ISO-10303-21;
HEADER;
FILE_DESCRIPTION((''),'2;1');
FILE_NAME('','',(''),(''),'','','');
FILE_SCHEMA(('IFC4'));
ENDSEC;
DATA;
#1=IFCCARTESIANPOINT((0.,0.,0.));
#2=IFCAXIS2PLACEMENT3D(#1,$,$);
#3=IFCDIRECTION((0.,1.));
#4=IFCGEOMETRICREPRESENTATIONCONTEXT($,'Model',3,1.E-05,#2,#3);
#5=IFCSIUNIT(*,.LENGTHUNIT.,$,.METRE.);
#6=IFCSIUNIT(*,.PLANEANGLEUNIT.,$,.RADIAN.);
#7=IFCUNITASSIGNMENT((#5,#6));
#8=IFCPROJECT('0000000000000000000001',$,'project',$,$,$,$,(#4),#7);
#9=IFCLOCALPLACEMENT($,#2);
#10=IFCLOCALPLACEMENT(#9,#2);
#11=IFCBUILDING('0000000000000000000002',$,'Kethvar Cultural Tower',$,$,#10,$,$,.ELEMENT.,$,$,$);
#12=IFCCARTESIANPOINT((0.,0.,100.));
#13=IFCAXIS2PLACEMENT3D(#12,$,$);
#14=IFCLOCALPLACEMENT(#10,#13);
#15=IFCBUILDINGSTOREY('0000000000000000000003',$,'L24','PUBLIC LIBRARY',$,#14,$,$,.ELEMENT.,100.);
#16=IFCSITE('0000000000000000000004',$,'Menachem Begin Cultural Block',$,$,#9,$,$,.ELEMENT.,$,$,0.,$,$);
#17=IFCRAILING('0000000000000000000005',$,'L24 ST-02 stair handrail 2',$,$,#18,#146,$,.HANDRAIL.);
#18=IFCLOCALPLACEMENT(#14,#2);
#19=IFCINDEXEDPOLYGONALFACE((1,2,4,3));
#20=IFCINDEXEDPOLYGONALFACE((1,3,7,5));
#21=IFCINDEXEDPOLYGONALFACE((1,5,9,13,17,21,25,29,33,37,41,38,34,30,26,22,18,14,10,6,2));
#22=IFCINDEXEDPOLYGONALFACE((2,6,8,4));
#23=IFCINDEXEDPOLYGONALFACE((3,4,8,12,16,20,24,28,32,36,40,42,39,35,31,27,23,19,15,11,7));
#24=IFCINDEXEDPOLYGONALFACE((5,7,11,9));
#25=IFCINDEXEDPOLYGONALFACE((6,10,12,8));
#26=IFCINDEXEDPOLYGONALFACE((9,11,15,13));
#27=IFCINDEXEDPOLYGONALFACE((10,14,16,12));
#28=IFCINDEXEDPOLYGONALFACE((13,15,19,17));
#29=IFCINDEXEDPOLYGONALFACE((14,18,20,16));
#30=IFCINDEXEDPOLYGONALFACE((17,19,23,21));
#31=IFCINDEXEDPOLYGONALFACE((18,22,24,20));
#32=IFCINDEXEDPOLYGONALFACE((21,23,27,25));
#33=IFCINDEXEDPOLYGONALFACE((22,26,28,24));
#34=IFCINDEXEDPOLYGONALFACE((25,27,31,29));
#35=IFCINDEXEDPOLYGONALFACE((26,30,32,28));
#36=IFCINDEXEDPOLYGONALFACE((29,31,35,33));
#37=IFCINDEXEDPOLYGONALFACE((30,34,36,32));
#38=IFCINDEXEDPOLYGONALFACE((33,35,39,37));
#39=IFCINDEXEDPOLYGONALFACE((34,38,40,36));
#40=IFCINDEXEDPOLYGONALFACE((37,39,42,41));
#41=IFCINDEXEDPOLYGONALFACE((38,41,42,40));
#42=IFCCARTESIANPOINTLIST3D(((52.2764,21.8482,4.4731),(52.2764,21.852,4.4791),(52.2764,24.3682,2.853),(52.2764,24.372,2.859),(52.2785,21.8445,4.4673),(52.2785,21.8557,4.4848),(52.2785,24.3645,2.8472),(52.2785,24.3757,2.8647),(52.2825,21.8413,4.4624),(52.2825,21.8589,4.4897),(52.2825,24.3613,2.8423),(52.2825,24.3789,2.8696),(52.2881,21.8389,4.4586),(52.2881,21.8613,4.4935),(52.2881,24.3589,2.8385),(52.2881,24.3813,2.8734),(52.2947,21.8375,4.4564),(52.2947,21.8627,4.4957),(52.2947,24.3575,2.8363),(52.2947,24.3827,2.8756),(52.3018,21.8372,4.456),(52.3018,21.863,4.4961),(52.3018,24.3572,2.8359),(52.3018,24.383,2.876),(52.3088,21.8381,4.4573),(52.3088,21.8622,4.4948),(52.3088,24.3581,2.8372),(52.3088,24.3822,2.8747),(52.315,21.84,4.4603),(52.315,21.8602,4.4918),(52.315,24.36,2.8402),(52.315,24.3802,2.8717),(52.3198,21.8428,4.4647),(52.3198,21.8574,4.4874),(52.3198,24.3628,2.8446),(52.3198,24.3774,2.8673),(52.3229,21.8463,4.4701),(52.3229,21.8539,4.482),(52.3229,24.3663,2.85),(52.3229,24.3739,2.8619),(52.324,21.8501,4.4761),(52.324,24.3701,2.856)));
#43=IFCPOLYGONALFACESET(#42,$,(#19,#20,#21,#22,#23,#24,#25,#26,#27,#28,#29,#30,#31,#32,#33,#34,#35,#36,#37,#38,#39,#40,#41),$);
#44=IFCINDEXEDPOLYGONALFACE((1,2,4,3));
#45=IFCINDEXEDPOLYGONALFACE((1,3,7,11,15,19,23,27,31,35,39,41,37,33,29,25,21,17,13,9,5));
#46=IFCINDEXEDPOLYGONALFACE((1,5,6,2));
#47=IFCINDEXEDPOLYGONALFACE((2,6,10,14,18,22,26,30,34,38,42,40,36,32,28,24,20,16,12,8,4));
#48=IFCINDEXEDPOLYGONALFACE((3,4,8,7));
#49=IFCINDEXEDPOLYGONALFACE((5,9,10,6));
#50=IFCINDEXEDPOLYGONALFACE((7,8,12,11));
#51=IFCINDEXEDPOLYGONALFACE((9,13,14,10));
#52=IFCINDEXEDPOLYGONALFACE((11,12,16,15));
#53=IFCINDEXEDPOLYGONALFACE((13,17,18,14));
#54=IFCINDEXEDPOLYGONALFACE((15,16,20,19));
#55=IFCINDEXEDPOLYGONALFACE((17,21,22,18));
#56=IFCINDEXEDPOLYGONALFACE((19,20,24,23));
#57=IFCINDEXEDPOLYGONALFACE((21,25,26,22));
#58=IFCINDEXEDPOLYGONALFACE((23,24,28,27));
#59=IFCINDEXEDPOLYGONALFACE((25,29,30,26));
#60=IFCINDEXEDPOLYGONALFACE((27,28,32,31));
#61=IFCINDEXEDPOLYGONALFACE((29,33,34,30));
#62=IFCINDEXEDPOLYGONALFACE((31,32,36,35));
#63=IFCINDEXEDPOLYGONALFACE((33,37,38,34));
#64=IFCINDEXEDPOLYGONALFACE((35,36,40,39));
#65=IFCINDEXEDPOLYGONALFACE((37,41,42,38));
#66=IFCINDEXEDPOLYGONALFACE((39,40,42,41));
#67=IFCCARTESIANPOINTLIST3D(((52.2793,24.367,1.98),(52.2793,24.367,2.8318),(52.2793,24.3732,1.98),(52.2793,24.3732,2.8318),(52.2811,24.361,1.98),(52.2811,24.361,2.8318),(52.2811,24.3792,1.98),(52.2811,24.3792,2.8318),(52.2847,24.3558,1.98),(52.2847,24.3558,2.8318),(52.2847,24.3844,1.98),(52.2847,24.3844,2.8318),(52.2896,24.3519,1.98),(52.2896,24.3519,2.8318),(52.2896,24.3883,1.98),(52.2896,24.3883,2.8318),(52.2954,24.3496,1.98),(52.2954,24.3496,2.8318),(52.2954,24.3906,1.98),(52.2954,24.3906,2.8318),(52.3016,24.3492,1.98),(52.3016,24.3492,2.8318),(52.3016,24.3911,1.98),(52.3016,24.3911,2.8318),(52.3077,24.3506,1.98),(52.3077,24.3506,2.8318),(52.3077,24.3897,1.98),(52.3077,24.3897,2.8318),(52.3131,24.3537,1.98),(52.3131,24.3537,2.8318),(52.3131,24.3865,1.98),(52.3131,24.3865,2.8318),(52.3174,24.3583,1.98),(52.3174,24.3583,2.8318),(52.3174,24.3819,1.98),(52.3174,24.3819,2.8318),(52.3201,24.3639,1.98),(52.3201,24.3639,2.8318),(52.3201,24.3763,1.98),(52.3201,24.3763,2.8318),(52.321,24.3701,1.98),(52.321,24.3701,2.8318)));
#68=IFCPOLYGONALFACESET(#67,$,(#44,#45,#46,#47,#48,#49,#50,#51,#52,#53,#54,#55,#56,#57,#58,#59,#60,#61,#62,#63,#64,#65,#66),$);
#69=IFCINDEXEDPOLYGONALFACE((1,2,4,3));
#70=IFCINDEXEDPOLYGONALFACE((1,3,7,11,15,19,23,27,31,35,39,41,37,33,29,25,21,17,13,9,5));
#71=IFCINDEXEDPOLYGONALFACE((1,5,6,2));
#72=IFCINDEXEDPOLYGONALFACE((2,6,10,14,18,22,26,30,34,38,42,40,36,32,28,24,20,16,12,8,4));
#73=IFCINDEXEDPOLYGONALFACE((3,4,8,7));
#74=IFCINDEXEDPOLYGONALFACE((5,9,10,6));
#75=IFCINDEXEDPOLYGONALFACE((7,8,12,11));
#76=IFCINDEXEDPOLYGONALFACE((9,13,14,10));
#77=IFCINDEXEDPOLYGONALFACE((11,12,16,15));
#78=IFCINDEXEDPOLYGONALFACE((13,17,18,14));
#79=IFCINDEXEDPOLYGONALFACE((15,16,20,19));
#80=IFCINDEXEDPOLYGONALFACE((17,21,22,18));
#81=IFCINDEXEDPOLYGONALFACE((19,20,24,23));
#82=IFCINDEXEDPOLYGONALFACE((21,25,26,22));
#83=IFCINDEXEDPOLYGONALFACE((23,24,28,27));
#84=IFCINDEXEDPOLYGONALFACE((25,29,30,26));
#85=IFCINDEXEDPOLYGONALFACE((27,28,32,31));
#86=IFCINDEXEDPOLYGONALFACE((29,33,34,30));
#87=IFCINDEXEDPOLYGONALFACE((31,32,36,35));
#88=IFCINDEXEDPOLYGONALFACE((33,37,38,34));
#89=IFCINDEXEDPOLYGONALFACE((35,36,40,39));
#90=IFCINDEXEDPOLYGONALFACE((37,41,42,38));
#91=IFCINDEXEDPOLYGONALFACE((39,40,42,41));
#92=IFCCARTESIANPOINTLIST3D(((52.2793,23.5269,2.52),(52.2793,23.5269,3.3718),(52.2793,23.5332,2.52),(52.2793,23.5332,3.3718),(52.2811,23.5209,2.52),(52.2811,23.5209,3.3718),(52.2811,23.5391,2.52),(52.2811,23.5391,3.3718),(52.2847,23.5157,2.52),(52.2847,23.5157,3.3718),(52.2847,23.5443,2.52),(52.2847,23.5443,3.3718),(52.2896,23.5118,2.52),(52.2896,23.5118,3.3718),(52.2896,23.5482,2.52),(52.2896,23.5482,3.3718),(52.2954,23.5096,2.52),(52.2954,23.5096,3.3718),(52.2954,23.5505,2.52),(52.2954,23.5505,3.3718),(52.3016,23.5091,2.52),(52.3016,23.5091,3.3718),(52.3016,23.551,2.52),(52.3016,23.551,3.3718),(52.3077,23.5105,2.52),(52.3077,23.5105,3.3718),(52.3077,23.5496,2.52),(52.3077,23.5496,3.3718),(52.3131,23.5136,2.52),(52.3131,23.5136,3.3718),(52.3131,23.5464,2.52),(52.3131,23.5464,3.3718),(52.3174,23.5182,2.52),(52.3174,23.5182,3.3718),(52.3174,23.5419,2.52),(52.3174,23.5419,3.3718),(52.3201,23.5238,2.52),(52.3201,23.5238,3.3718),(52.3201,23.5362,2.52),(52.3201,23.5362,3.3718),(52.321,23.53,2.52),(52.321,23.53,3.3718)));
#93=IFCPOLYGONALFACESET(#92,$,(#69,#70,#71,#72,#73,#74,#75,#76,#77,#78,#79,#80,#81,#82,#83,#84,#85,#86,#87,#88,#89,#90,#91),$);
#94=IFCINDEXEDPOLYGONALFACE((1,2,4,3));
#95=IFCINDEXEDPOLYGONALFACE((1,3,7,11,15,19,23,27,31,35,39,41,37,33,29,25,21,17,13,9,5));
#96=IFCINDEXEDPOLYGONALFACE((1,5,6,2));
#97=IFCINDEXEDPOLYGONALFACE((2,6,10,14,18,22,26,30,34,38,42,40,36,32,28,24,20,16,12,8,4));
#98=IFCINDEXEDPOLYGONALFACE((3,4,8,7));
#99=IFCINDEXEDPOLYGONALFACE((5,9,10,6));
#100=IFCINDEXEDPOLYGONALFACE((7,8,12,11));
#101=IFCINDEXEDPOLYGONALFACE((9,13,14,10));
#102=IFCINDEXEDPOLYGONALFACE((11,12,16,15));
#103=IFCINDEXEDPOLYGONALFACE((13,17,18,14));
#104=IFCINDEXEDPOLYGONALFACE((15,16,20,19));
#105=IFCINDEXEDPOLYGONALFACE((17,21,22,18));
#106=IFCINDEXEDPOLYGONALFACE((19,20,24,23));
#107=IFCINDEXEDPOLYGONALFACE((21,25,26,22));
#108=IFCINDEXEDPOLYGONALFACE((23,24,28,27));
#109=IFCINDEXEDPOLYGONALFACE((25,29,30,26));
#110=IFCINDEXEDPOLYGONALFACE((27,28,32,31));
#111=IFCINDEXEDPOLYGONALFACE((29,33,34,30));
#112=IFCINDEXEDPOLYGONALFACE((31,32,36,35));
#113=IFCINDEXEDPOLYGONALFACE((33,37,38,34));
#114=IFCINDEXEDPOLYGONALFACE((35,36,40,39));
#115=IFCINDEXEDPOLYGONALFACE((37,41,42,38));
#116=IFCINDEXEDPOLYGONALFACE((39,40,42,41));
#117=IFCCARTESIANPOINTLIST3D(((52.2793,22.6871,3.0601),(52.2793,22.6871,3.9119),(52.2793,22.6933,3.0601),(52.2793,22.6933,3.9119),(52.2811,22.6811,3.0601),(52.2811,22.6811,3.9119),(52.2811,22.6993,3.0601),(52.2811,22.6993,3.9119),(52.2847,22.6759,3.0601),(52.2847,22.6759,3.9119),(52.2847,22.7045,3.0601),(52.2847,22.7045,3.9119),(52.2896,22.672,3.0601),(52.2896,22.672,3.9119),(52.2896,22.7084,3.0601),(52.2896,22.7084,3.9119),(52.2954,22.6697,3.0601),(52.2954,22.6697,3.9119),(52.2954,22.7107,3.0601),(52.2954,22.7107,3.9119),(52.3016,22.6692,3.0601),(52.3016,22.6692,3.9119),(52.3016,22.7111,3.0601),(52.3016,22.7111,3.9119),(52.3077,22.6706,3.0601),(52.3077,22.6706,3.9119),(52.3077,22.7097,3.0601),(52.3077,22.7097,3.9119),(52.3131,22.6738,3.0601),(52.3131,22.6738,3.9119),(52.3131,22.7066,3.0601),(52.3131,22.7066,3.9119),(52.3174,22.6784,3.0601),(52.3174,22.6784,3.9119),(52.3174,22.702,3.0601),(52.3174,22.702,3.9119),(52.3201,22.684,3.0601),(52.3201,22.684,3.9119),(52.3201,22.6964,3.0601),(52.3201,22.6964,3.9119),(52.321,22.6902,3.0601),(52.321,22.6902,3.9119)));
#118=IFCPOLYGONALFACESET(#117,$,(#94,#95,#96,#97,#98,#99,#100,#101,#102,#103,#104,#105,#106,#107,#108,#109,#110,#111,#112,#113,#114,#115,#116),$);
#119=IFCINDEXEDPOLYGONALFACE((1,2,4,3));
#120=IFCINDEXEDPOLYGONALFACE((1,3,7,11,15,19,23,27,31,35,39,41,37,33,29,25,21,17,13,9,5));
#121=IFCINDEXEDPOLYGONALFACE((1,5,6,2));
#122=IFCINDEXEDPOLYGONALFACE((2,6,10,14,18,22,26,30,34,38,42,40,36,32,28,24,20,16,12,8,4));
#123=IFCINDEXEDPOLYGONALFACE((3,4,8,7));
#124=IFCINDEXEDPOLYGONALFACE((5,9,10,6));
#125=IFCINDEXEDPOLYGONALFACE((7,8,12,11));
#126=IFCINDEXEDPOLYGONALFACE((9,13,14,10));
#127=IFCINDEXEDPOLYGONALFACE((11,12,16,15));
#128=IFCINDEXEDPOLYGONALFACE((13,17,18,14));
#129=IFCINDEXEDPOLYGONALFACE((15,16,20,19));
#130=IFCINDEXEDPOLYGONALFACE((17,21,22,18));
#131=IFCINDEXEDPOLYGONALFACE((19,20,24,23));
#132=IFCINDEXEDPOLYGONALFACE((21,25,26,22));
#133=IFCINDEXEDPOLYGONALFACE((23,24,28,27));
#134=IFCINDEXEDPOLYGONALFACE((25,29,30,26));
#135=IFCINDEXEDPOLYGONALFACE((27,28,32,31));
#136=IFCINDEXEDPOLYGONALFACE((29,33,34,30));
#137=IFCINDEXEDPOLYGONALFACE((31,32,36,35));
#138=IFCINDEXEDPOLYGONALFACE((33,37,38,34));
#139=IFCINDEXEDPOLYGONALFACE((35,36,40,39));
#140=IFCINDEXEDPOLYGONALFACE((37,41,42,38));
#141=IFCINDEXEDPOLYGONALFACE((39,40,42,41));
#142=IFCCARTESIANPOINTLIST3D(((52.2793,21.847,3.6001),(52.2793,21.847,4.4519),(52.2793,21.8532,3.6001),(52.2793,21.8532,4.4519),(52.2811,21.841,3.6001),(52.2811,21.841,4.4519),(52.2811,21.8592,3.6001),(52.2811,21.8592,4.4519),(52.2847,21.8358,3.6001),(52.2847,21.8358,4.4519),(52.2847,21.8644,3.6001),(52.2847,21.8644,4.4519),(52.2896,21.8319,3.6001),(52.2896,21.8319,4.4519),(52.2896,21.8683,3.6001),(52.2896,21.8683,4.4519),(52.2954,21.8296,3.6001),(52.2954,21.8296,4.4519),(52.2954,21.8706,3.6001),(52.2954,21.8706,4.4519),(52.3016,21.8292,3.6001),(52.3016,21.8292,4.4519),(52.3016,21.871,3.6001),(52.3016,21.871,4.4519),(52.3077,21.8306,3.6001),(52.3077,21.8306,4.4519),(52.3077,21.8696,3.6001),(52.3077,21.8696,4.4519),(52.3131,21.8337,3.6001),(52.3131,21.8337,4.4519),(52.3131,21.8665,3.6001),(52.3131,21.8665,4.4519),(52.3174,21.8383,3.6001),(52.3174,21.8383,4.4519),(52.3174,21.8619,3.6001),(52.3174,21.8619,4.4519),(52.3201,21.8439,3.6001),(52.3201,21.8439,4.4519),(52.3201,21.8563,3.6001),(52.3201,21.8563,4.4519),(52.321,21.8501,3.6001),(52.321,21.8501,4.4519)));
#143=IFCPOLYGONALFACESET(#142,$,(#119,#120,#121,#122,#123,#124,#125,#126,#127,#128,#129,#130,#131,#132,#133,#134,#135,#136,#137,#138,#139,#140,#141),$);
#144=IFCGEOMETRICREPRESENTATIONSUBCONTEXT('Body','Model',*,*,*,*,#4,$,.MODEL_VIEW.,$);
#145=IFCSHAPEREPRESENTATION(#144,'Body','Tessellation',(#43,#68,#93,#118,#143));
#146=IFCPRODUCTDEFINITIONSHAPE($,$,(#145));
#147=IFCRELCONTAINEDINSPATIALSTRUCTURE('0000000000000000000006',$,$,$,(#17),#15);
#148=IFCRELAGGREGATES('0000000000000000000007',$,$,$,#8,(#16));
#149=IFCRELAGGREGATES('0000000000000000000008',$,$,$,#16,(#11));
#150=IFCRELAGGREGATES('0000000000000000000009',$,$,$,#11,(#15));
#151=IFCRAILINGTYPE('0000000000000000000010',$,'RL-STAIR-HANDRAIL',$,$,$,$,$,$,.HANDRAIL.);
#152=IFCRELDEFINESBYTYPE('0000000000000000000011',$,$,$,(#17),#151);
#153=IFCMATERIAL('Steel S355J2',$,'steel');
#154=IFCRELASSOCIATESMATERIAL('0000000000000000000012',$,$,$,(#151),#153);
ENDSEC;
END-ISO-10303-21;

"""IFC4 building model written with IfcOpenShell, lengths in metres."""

from ifc_helpers import new_model, si_unit, direction, frame, origin, origin_2d, place, context, subcontext, project, spatial, circle, extrude, material, type_object, element, save


model = new_model("IFC4")

# Units and contexts
model_context = context("Model", 3, precision=1e-05, world=origin(), true_north=direction((0.0, 1.0)))
body_context = subcontext(model_context, "Body", "Model", "MODEL_VIEW")
ifc_project = project(units=[si_unit("LENGTHUNIT", "METRE"), si_unit("PLANEANGLEUNIT", "RADIAN")], contexts=[model_context])

# Site, building, storey
site_placement = place(None, origin())
site = spatial("IfcSite", under=ifc_project, at=site_placement, Name="Menachem Begin Cultural Block", CompositionType="ELEMENT", RefElevation=0.0)
building_placement = place(site_placement, origin())
building = spatial("IfcBuilding", under=site, at=building_placement, Name="Kethvar Cultural Tower", CompositionType="ELEMENT")
storey_placement = place(building_placement, frame((0.0, 0.0, 100.0)))
storey = spatial("IfcBuildingStorey", under=building, at=storey_placement, Name="L24", Description="PUBLIC LIBRARY", CompositionType="ELEMENT", Elevation=100.0)

# Shared definitions
ifc_material_1 = material(Name="Steel S355J2", Category="steel")

# Railing
railing_type_1 = type_object("IfcRailingType", Name="RL-STAIR-HANDRAIL", PredefinedType="HANDRAIL", material=ifc_material_1)
railing_1_placement = place(storey_placement, frame((52.3, 24.3701, 1.98)))
element("IfcRailing", 1, at=railing_1_placement, inside=storey, type_object=railing_type_1, Name="L24 ST-02 stair handrail 2", PredefinedType="HANDRAIL", context=body_context, shape_type="SweptSolid", body=[
    extrude(circle(Radius=0.0239, at=origin_2d()), frame((0.0, 0.0, 0.876), z_axis=(0.0, -0.841163, 0.540782), x_axis=(1.0, 0.0, 0.0)), (0.0, 0.0, 1.0), 2.9958),
    extrude(circle(Radius=0.021, at=origin_2d()), origin(), (0.0, 0.0, 1.0), 0.8518),
    extrude(circle(Radius=0.021, at=origin_2d()), frame((0.0, -0.8401, 0.54)), (0.0, 0.0, 1.0), 0.8518),
    extrude(circle(Radius=0.021, at=origin_2d()), frame((0.0, -1.6799, 1.0801)), (0.0, 0.0, 1.0), 0.8518),
    extrude(circle(Radius=0.021, at=origin_2d()), frame((0.0, -2.52, 1.6201)), (0.0, 0.0, 1.0), 0.8518),
])

save(model, "model.ifc")
